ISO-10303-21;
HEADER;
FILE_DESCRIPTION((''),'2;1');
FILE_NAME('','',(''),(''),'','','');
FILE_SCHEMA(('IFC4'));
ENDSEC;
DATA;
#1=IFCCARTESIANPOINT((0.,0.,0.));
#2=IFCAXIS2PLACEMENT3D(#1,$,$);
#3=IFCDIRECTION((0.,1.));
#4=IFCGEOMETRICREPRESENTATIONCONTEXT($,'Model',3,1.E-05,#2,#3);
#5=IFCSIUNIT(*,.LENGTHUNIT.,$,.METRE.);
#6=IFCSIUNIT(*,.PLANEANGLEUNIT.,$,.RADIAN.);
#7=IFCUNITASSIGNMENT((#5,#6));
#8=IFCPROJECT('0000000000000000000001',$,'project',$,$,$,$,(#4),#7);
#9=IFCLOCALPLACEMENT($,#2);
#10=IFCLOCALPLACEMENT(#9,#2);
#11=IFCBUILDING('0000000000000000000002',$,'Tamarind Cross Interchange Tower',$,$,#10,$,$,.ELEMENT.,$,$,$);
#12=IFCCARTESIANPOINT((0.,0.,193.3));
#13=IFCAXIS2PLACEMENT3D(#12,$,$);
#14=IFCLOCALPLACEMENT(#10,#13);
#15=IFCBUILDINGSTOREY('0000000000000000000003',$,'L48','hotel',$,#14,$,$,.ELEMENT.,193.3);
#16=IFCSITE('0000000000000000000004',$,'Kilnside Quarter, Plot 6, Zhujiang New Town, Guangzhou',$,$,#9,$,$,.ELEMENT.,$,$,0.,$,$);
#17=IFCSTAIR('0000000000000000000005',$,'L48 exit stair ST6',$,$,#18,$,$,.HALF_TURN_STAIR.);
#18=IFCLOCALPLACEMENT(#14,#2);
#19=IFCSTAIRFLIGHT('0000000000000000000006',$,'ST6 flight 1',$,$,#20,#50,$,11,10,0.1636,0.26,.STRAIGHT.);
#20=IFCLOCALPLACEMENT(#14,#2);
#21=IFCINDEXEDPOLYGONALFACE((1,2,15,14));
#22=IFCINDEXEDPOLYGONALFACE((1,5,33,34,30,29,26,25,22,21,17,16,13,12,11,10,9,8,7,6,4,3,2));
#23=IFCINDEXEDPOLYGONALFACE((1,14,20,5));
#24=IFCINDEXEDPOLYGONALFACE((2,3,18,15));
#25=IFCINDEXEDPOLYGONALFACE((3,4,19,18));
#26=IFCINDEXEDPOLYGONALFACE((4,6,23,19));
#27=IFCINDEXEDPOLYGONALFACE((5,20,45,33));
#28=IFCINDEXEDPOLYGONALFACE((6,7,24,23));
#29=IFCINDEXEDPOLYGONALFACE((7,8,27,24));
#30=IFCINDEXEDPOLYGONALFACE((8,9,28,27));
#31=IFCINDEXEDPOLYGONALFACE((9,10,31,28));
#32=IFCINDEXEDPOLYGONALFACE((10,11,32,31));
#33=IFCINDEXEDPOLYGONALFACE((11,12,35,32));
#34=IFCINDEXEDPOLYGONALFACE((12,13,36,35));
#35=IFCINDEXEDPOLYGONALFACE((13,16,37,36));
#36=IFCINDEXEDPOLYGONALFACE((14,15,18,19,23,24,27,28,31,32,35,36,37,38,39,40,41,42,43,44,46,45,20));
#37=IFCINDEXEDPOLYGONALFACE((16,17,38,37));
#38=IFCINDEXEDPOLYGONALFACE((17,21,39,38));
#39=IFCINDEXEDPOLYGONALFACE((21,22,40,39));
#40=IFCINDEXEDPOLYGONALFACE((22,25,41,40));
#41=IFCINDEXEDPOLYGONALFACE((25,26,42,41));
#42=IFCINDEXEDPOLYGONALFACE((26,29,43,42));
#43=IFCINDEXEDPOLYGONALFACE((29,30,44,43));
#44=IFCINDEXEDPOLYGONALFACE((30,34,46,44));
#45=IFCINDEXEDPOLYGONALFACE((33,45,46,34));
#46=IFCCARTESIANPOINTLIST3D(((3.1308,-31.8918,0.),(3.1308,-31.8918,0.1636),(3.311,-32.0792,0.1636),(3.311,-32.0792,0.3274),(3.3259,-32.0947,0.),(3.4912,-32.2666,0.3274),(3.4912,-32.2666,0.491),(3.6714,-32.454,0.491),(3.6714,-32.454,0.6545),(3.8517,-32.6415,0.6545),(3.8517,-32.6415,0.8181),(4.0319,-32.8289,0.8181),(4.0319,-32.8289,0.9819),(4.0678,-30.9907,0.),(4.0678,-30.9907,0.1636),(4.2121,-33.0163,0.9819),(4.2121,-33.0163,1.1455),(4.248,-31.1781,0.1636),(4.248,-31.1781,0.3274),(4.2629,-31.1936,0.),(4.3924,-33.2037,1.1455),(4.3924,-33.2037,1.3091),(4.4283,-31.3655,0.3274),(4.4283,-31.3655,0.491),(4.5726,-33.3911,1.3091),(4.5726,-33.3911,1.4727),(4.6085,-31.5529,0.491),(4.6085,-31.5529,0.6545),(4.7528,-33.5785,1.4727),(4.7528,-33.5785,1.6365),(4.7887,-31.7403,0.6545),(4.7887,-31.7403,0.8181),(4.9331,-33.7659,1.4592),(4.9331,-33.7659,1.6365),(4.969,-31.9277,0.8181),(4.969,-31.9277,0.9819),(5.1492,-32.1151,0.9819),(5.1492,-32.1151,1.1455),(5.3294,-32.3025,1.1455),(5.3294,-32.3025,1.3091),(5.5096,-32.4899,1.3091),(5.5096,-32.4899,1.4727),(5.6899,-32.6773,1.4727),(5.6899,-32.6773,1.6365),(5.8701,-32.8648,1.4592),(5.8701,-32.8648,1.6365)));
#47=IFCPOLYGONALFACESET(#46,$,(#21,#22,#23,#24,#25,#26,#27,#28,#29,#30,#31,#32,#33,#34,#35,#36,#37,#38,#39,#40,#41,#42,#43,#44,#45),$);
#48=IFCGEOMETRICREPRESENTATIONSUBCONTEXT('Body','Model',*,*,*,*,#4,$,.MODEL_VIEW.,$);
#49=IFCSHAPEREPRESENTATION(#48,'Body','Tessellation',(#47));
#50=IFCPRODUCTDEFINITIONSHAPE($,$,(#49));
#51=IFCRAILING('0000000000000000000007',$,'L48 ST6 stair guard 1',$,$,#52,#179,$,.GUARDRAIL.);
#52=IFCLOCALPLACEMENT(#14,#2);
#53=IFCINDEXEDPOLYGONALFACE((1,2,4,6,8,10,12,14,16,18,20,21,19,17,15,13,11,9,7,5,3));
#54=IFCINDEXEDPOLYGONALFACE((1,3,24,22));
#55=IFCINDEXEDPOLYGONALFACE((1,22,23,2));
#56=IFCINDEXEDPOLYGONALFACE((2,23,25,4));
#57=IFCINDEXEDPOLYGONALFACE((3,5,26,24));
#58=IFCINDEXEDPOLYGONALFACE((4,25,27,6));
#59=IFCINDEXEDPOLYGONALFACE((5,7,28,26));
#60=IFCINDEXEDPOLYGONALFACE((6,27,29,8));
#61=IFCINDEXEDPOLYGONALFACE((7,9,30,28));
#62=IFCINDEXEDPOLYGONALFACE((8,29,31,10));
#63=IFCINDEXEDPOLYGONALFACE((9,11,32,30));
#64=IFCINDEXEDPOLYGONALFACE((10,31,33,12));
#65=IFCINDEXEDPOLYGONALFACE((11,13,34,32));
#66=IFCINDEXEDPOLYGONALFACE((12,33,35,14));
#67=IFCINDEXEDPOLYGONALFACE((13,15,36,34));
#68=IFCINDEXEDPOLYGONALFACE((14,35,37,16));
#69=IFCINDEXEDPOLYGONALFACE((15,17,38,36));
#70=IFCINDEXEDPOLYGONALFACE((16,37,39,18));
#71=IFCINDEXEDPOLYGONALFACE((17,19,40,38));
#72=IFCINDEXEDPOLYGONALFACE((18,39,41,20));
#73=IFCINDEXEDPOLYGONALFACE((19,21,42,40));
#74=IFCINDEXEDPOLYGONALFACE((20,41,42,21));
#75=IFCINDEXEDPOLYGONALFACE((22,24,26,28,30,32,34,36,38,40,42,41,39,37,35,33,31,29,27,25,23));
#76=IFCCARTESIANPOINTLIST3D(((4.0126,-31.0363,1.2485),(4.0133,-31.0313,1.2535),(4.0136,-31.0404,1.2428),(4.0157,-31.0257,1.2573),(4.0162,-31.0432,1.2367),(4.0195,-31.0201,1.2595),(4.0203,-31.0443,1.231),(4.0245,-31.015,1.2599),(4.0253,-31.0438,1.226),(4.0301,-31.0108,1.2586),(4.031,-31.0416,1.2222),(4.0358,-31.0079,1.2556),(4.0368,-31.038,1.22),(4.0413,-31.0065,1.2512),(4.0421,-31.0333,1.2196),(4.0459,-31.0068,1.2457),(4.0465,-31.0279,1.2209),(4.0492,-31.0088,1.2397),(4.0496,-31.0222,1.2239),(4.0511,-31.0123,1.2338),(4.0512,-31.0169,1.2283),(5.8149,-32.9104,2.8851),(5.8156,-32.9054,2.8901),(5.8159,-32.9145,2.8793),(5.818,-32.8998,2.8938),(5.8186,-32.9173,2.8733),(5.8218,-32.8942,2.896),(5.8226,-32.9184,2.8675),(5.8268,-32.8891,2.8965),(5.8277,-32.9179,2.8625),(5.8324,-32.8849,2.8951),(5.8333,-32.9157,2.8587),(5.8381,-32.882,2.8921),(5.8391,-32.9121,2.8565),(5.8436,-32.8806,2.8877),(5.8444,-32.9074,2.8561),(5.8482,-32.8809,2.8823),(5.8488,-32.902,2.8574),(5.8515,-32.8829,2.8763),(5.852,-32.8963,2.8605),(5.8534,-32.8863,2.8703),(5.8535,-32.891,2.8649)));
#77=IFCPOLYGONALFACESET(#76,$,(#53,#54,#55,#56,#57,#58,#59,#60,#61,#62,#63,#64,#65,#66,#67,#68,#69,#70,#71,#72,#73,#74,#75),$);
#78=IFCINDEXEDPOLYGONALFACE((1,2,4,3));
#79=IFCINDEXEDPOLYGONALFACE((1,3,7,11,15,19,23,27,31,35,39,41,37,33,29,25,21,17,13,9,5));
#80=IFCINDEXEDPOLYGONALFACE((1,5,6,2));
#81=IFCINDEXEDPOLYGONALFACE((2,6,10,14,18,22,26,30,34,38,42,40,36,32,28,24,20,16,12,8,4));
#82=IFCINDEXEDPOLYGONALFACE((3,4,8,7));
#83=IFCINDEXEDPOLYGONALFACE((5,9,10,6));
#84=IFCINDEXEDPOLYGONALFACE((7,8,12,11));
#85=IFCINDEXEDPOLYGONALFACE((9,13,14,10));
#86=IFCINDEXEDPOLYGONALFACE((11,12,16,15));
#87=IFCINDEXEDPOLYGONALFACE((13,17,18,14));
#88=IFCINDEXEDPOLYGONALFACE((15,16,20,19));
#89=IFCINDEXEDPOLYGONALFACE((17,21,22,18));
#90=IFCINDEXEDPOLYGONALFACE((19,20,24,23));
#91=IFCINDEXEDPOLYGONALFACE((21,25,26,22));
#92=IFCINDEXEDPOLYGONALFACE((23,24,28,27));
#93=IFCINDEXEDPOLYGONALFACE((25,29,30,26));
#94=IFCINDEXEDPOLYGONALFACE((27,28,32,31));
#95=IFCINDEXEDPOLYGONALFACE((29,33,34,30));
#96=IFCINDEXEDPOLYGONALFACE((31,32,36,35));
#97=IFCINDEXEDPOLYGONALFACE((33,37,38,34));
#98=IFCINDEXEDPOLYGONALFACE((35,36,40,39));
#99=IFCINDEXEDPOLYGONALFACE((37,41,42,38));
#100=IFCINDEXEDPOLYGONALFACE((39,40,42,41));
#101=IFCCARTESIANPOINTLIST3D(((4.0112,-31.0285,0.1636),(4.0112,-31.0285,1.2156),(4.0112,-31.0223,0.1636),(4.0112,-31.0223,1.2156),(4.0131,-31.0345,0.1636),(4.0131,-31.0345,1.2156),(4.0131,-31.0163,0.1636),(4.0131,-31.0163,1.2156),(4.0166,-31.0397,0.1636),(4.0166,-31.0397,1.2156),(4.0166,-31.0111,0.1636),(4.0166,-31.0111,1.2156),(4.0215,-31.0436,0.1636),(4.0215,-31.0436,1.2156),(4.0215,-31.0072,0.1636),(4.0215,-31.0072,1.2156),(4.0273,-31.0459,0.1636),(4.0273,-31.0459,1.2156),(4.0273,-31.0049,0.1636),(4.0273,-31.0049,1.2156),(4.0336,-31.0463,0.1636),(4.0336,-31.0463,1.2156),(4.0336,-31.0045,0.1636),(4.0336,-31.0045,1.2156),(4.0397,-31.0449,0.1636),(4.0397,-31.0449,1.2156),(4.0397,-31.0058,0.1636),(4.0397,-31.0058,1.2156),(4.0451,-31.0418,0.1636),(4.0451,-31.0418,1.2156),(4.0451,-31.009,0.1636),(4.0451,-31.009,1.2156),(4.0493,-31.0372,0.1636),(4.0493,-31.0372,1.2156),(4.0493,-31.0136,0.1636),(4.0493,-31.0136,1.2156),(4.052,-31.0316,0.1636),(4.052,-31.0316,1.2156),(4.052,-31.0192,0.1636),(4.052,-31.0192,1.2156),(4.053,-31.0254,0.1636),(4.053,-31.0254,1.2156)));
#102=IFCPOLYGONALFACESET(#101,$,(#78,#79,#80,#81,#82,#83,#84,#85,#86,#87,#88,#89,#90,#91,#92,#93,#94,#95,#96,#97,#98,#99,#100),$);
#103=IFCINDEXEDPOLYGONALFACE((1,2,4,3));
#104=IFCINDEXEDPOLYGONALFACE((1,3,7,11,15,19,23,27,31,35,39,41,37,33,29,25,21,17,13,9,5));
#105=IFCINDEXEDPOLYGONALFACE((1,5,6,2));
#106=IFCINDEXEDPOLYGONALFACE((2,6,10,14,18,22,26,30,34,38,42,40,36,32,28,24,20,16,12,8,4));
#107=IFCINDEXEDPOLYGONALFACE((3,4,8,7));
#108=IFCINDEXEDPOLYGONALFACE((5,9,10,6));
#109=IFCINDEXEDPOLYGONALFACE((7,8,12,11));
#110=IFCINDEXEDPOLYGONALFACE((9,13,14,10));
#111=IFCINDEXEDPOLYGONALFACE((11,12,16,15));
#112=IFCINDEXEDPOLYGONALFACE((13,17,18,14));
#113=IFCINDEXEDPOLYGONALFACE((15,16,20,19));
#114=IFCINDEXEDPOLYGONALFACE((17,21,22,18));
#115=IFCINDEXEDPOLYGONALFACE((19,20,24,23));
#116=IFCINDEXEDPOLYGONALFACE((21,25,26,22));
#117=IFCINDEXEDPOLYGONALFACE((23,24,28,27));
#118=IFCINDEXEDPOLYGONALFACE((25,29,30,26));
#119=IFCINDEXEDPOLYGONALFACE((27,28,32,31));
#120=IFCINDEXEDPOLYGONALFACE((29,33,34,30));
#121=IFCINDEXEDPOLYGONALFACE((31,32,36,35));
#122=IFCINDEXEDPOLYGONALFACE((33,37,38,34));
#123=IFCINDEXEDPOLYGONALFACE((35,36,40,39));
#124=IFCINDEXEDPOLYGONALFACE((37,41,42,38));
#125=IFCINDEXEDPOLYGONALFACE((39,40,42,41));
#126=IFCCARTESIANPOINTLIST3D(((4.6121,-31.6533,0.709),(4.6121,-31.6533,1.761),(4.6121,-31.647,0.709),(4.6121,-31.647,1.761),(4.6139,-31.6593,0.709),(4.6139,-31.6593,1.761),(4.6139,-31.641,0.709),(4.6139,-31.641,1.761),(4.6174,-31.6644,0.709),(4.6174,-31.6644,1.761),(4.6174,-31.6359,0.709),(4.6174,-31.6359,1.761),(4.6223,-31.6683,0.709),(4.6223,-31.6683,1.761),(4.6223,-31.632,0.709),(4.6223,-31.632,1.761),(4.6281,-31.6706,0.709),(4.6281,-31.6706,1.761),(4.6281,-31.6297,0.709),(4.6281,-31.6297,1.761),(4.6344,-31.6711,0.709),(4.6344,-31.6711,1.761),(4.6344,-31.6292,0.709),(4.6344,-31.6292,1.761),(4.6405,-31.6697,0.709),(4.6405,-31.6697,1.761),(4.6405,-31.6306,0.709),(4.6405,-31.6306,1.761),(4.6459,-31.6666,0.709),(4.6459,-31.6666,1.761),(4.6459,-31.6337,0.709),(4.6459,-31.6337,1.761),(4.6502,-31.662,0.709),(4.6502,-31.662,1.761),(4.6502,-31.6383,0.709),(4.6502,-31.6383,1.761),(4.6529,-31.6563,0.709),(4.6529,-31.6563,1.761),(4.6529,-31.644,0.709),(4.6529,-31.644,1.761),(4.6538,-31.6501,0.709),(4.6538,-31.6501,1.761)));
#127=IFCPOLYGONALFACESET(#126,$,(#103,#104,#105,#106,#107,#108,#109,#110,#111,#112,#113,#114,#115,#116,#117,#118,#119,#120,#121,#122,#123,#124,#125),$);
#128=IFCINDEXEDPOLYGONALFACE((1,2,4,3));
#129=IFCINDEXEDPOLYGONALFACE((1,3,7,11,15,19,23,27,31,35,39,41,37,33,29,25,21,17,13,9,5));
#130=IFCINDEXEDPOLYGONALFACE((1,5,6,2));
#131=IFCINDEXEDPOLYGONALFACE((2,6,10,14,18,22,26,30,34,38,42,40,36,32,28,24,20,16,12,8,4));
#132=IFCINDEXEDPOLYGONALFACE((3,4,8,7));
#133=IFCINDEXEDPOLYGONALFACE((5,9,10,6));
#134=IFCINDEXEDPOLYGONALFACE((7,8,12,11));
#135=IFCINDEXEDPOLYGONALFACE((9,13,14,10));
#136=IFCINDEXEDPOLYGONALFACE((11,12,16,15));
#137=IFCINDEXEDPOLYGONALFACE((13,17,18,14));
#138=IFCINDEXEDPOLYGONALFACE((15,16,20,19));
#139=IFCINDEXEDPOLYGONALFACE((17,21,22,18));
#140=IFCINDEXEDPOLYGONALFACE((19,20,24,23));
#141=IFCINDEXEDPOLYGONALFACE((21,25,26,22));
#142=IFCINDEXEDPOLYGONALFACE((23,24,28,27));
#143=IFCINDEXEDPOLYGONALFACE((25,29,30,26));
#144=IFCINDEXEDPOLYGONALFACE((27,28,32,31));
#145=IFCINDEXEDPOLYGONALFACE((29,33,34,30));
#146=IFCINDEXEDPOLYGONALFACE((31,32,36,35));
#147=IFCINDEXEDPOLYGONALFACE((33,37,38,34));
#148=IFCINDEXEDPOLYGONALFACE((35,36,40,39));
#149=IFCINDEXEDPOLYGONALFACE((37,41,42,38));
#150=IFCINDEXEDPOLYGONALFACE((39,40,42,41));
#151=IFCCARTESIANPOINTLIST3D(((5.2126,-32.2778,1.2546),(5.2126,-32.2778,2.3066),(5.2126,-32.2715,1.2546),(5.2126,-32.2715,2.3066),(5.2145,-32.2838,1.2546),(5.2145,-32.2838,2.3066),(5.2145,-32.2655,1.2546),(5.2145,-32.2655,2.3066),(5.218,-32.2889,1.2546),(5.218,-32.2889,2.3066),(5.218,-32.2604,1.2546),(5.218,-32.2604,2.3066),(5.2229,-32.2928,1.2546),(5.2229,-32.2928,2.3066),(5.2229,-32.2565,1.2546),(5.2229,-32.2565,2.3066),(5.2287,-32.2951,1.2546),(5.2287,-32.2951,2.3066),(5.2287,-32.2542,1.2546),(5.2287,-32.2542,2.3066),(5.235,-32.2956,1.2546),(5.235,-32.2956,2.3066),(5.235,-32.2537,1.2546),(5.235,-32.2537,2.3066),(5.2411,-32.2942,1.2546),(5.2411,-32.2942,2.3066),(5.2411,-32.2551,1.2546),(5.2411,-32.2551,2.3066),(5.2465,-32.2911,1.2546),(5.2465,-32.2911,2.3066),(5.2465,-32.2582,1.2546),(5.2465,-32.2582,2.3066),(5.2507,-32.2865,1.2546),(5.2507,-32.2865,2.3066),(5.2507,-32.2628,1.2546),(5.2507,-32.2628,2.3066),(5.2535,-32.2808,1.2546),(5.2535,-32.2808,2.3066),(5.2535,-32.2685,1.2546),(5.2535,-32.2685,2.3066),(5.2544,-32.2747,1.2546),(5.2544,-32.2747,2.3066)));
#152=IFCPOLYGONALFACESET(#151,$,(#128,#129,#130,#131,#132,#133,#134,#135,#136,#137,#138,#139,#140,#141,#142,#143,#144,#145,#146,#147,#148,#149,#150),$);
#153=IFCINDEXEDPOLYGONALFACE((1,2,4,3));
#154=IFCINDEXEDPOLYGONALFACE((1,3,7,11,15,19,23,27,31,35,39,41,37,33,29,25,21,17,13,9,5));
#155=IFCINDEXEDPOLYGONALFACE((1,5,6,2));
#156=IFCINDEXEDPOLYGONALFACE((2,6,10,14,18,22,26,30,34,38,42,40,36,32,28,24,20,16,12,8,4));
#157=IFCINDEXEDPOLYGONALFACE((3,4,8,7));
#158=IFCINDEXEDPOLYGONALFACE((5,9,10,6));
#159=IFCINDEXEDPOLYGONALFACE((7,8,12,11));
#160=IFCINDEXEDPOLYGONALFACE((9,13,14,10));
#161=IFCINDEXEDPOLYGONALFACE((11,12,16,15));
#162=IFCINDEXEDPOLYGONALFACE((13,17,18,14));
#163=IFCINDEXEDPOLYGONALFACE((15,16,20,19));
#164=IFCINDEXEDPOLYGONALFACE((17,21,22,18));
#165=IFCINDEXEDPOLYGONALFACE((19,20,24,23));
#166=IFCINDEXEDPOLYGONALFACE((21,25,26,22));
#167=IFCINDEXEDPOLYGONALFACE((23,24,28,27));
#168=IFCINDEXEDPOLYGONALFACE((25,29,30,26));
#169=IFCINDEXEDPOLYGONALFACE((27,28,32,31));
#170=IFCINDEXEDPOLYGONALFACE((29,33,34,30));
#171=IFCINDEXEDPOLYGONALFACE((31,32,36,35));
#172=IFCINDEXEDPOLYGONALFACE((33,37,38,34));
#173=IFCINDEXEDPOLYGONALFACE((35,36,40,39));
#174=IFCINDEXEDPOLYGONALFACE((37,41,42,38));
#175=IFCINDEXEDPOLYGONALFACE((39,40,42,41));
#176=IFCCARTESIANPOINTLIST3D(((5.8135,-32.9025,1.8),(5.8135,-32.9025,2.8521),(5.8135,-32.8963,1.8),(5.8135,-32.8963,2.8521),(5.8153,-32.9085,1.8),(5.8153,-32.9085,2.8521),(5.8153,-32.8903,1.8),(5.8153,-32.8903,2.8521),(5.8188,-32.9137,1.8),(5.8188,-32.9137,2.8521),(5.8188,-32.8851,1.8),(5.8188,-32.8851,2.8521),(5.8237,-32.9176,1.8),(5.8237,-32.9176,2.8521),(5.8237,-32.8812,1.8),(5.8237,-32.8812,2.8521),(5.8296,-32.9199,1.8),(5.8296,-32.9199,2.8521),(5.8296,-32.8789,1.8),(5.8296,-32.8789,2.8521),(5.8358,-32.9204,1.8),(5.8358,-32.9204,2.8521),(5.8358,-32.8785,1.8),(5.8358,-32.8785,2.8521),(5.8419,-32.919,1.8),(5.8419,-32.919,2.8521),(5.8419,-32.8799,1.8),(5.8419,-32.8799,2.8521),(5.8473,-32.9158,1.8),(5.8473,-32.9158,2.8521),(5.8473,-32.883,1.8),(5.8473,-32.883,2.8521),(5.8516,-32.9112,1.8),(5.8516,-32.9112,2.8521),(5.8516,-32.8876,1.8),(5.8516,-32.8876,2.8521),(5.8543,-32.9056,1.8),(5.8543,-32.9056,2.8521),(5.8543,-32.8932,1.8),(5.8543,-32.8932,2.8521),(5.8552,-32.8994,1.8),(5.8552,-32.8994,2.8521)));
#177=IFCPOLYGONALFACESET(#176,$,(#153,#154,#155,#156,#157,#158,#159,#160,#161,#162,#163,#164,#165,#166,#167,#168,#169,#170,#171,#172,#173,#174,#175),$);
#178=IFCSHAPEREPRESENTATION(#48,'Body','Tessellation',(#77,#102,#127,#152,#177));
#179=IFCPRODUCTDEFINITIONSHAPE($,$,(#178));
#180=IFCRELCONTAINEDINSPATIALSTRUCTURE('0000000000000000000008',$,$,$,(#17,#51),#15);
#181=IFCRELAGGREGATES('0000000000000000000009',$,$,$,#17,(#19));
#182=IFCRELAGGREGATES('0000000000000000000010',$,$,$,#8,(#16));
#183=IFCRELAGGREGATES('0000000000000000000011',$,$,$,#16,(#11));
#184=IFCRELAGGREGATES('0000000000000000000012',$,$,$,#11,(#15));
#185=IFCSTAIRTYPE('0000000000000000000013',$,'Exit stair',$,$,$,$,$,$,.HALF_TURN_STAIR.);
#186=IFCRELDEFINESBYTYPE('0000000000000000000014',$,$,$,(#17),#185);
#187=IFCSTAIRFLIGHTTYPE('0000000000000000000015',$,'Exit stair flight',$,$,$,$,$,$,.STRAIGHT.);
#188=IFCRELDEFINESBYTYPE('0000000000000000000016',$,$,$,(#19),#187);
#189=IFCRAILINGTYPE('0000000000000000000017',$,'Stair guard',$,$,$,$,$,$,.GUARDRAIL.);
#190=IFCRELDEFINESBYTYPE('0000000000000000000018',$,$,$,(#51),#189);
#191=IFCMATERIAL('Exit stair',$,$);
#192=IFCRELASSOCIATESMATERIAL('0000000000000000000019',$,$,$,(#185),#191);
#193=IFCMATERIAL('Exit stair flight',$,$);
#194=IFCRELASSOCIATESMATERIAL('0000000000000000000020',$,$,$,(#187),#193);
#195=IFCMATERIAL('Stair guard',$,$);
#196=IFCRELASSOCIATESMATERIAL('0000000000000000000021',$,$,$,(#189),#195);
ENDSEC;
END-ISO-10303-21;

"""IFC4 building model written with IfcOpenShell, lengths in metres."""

from ifc_helpers import new_model, si_unit, direction, frame, origin, origin_2d, place, context, subcontext, project, spatial, polyline, circle, outline, extrude, material, type_object, element, aggregate, save


model = new_model("IFC4")

# Units and contexts
model_context = context("Model", 3, precision=1e-05, world=origin(), true_north=direction((0.0, 1.0)))
body_context = subcontext(model_context, "Body", "Model", "MODEL_VIEW")
ifc_project = project(units=[si_unit("LENGTHUNIT", "METRE"), si_unit("PLANEANGLEUNIT", "RADIAN")], contexts=[model_context])

# Site, building, storey
site_placement = place(None, origin())
site = spatial("IfcSite", under=ifc_project, at=site_placement, Name="Kilnside Quarter, Plot 6, Zhujiang New Town, Guangzhou", CompositionType="ELEMENT", RefElevation=0.0)
building_placement = place(site_placement, origin())
building = spatial("IfcBuilding", under=site, at=building_placement, Name="Tamarind Cross Interchange Tower", CompositionType="ELEMENT")
storey_placement = place(building_placement, frame((0.0, 0.0, 193.3)))
storey = spatial("IfcBuildingStorey", under=building, at=storey_placement, Name="L48", Description="hotel", CompositionType="ELEMENT", Elevation=193.3)

# Stair, stair flight
ifc_material_1 = material(Name="Exit stair")
stair_type = type_object("IfcStairType", Name="Exit stair", PredefinedType="HALF_TURN_STAIR", material=ifc_material_1)
stair_placement = place(storey_placement, origin())
stair = element("IfcStair", 1, at=stair_placement, inside=storey, type_object=stair_type, Name="L48 exit stair ST6", PredefinedType="HALF_TURN_STAIR")
ifc_material_2 = material(Name="Exit stair flight")
stair_flight_type = type_object("IfcStairFlightType", Name="Exit stair flight", PredefinedType="STRAIGHT", material=ifc_material_2)
stair_flight_placement = place(storey_placement, frame((3.5994, -31.4412, 0.0), z_axis=(0.0, 0.0, 1.0), x_axis=(0.69317, -0.720774, 0.0)))
stair_flight = element("IfcStairFlight", 2, at=stair_flight_placement, type_object=stair_flight_type, Name="ST6 flight 1", NumberOfRisers=11, NumberOfTreads=10, PredefinedType="STRAIGHT", RiserHeight=0.1636, TreadLength=0.26, context=body_context, shape_type="SweptSolid", body=[
    extrude(outline(polyline([(0.0, 0.0), (0.0, 0.1636), (0.26, 0.1636), (0.26, 0.3274), (0.52, 0.3274), (0.52, 0.491), (0.78, 0.491), (0.78, 0.6545), (1.04, 0.6545), (1.04, 0.8181), (1.3, 0.8181), (1.3, 0.9819), (1.5601, 0.9819), (1.5601, 1.1455), (1.8201, 1.1455), (1.8201, 1.3091), (2.0801, 1.3091), (2.0801, 1.4727), (2.3401, 1.4727), (2.3401, 1.6365), (2.6001, 1.6365), (2.6001, 1.8), (2.6001, 1.4592), (0.2815, 0.0), (0.0, 0.0)])), frame((0.0, 0.6499, 0.0), z_axis=(0.0, -1.0, 0.0), x_axis=(1.0, 0.0, 0.0)), (0.0, 0.0, 1.0), 1.3),
])
aggregate(stair, [stair_flight])

# Railing
ifc_material_3 = material(Name="Stair guard")
railing_type = type_object("IfcRailingType", Name="Stair guard", PredefinedType="GUARDRAIL", material=ifc_material_3)
railing_1_placement = place(storey_placement, frame((4.032, -31.0254, 0.1636)))
element("IfcRailing", 3, at=railing_1_placement, inside=storey, type_object=railing_type, Name="L48 ST6 stair guard 1", PredefinedType="GUARDRAIL", context=body_context, shape_type="SweptSolid", body=[
    extrude(circle(Radius=0.0239, at=origin_2d()), frame((0.0, 0.0, 1.0762), z_axis=(0.58664, -0.610004, 0.532681), x_axis=(0.720775, 0.693169, 0.0)), (0.0, 0.0, 1.0), 3.0723),
    extrude(circle(Radius=0.021, at=origin_2d()), origin(), (0.0, 0.0, 1.0), 1.052),
    extrude(circle(Radius=0.021, at=origin_2d()), frame((0.6008, -0.6248, 0.5454)), (0.0, 0.0, 1.0), 1.052),
    extrude(circle(Radius=0.021, at=origin_2d()), frame((1.2014, -1.2493, 1.0911)), (0.0, 0.0, 1.0), 1.052),
    extrude(circle(Radius=0.021, at=origin_2d()), frame((1.8022, -1.874, 1.6365)), (0.0, 0.0, 1.0), 1.052),
])

save(model, "model.ifc")
